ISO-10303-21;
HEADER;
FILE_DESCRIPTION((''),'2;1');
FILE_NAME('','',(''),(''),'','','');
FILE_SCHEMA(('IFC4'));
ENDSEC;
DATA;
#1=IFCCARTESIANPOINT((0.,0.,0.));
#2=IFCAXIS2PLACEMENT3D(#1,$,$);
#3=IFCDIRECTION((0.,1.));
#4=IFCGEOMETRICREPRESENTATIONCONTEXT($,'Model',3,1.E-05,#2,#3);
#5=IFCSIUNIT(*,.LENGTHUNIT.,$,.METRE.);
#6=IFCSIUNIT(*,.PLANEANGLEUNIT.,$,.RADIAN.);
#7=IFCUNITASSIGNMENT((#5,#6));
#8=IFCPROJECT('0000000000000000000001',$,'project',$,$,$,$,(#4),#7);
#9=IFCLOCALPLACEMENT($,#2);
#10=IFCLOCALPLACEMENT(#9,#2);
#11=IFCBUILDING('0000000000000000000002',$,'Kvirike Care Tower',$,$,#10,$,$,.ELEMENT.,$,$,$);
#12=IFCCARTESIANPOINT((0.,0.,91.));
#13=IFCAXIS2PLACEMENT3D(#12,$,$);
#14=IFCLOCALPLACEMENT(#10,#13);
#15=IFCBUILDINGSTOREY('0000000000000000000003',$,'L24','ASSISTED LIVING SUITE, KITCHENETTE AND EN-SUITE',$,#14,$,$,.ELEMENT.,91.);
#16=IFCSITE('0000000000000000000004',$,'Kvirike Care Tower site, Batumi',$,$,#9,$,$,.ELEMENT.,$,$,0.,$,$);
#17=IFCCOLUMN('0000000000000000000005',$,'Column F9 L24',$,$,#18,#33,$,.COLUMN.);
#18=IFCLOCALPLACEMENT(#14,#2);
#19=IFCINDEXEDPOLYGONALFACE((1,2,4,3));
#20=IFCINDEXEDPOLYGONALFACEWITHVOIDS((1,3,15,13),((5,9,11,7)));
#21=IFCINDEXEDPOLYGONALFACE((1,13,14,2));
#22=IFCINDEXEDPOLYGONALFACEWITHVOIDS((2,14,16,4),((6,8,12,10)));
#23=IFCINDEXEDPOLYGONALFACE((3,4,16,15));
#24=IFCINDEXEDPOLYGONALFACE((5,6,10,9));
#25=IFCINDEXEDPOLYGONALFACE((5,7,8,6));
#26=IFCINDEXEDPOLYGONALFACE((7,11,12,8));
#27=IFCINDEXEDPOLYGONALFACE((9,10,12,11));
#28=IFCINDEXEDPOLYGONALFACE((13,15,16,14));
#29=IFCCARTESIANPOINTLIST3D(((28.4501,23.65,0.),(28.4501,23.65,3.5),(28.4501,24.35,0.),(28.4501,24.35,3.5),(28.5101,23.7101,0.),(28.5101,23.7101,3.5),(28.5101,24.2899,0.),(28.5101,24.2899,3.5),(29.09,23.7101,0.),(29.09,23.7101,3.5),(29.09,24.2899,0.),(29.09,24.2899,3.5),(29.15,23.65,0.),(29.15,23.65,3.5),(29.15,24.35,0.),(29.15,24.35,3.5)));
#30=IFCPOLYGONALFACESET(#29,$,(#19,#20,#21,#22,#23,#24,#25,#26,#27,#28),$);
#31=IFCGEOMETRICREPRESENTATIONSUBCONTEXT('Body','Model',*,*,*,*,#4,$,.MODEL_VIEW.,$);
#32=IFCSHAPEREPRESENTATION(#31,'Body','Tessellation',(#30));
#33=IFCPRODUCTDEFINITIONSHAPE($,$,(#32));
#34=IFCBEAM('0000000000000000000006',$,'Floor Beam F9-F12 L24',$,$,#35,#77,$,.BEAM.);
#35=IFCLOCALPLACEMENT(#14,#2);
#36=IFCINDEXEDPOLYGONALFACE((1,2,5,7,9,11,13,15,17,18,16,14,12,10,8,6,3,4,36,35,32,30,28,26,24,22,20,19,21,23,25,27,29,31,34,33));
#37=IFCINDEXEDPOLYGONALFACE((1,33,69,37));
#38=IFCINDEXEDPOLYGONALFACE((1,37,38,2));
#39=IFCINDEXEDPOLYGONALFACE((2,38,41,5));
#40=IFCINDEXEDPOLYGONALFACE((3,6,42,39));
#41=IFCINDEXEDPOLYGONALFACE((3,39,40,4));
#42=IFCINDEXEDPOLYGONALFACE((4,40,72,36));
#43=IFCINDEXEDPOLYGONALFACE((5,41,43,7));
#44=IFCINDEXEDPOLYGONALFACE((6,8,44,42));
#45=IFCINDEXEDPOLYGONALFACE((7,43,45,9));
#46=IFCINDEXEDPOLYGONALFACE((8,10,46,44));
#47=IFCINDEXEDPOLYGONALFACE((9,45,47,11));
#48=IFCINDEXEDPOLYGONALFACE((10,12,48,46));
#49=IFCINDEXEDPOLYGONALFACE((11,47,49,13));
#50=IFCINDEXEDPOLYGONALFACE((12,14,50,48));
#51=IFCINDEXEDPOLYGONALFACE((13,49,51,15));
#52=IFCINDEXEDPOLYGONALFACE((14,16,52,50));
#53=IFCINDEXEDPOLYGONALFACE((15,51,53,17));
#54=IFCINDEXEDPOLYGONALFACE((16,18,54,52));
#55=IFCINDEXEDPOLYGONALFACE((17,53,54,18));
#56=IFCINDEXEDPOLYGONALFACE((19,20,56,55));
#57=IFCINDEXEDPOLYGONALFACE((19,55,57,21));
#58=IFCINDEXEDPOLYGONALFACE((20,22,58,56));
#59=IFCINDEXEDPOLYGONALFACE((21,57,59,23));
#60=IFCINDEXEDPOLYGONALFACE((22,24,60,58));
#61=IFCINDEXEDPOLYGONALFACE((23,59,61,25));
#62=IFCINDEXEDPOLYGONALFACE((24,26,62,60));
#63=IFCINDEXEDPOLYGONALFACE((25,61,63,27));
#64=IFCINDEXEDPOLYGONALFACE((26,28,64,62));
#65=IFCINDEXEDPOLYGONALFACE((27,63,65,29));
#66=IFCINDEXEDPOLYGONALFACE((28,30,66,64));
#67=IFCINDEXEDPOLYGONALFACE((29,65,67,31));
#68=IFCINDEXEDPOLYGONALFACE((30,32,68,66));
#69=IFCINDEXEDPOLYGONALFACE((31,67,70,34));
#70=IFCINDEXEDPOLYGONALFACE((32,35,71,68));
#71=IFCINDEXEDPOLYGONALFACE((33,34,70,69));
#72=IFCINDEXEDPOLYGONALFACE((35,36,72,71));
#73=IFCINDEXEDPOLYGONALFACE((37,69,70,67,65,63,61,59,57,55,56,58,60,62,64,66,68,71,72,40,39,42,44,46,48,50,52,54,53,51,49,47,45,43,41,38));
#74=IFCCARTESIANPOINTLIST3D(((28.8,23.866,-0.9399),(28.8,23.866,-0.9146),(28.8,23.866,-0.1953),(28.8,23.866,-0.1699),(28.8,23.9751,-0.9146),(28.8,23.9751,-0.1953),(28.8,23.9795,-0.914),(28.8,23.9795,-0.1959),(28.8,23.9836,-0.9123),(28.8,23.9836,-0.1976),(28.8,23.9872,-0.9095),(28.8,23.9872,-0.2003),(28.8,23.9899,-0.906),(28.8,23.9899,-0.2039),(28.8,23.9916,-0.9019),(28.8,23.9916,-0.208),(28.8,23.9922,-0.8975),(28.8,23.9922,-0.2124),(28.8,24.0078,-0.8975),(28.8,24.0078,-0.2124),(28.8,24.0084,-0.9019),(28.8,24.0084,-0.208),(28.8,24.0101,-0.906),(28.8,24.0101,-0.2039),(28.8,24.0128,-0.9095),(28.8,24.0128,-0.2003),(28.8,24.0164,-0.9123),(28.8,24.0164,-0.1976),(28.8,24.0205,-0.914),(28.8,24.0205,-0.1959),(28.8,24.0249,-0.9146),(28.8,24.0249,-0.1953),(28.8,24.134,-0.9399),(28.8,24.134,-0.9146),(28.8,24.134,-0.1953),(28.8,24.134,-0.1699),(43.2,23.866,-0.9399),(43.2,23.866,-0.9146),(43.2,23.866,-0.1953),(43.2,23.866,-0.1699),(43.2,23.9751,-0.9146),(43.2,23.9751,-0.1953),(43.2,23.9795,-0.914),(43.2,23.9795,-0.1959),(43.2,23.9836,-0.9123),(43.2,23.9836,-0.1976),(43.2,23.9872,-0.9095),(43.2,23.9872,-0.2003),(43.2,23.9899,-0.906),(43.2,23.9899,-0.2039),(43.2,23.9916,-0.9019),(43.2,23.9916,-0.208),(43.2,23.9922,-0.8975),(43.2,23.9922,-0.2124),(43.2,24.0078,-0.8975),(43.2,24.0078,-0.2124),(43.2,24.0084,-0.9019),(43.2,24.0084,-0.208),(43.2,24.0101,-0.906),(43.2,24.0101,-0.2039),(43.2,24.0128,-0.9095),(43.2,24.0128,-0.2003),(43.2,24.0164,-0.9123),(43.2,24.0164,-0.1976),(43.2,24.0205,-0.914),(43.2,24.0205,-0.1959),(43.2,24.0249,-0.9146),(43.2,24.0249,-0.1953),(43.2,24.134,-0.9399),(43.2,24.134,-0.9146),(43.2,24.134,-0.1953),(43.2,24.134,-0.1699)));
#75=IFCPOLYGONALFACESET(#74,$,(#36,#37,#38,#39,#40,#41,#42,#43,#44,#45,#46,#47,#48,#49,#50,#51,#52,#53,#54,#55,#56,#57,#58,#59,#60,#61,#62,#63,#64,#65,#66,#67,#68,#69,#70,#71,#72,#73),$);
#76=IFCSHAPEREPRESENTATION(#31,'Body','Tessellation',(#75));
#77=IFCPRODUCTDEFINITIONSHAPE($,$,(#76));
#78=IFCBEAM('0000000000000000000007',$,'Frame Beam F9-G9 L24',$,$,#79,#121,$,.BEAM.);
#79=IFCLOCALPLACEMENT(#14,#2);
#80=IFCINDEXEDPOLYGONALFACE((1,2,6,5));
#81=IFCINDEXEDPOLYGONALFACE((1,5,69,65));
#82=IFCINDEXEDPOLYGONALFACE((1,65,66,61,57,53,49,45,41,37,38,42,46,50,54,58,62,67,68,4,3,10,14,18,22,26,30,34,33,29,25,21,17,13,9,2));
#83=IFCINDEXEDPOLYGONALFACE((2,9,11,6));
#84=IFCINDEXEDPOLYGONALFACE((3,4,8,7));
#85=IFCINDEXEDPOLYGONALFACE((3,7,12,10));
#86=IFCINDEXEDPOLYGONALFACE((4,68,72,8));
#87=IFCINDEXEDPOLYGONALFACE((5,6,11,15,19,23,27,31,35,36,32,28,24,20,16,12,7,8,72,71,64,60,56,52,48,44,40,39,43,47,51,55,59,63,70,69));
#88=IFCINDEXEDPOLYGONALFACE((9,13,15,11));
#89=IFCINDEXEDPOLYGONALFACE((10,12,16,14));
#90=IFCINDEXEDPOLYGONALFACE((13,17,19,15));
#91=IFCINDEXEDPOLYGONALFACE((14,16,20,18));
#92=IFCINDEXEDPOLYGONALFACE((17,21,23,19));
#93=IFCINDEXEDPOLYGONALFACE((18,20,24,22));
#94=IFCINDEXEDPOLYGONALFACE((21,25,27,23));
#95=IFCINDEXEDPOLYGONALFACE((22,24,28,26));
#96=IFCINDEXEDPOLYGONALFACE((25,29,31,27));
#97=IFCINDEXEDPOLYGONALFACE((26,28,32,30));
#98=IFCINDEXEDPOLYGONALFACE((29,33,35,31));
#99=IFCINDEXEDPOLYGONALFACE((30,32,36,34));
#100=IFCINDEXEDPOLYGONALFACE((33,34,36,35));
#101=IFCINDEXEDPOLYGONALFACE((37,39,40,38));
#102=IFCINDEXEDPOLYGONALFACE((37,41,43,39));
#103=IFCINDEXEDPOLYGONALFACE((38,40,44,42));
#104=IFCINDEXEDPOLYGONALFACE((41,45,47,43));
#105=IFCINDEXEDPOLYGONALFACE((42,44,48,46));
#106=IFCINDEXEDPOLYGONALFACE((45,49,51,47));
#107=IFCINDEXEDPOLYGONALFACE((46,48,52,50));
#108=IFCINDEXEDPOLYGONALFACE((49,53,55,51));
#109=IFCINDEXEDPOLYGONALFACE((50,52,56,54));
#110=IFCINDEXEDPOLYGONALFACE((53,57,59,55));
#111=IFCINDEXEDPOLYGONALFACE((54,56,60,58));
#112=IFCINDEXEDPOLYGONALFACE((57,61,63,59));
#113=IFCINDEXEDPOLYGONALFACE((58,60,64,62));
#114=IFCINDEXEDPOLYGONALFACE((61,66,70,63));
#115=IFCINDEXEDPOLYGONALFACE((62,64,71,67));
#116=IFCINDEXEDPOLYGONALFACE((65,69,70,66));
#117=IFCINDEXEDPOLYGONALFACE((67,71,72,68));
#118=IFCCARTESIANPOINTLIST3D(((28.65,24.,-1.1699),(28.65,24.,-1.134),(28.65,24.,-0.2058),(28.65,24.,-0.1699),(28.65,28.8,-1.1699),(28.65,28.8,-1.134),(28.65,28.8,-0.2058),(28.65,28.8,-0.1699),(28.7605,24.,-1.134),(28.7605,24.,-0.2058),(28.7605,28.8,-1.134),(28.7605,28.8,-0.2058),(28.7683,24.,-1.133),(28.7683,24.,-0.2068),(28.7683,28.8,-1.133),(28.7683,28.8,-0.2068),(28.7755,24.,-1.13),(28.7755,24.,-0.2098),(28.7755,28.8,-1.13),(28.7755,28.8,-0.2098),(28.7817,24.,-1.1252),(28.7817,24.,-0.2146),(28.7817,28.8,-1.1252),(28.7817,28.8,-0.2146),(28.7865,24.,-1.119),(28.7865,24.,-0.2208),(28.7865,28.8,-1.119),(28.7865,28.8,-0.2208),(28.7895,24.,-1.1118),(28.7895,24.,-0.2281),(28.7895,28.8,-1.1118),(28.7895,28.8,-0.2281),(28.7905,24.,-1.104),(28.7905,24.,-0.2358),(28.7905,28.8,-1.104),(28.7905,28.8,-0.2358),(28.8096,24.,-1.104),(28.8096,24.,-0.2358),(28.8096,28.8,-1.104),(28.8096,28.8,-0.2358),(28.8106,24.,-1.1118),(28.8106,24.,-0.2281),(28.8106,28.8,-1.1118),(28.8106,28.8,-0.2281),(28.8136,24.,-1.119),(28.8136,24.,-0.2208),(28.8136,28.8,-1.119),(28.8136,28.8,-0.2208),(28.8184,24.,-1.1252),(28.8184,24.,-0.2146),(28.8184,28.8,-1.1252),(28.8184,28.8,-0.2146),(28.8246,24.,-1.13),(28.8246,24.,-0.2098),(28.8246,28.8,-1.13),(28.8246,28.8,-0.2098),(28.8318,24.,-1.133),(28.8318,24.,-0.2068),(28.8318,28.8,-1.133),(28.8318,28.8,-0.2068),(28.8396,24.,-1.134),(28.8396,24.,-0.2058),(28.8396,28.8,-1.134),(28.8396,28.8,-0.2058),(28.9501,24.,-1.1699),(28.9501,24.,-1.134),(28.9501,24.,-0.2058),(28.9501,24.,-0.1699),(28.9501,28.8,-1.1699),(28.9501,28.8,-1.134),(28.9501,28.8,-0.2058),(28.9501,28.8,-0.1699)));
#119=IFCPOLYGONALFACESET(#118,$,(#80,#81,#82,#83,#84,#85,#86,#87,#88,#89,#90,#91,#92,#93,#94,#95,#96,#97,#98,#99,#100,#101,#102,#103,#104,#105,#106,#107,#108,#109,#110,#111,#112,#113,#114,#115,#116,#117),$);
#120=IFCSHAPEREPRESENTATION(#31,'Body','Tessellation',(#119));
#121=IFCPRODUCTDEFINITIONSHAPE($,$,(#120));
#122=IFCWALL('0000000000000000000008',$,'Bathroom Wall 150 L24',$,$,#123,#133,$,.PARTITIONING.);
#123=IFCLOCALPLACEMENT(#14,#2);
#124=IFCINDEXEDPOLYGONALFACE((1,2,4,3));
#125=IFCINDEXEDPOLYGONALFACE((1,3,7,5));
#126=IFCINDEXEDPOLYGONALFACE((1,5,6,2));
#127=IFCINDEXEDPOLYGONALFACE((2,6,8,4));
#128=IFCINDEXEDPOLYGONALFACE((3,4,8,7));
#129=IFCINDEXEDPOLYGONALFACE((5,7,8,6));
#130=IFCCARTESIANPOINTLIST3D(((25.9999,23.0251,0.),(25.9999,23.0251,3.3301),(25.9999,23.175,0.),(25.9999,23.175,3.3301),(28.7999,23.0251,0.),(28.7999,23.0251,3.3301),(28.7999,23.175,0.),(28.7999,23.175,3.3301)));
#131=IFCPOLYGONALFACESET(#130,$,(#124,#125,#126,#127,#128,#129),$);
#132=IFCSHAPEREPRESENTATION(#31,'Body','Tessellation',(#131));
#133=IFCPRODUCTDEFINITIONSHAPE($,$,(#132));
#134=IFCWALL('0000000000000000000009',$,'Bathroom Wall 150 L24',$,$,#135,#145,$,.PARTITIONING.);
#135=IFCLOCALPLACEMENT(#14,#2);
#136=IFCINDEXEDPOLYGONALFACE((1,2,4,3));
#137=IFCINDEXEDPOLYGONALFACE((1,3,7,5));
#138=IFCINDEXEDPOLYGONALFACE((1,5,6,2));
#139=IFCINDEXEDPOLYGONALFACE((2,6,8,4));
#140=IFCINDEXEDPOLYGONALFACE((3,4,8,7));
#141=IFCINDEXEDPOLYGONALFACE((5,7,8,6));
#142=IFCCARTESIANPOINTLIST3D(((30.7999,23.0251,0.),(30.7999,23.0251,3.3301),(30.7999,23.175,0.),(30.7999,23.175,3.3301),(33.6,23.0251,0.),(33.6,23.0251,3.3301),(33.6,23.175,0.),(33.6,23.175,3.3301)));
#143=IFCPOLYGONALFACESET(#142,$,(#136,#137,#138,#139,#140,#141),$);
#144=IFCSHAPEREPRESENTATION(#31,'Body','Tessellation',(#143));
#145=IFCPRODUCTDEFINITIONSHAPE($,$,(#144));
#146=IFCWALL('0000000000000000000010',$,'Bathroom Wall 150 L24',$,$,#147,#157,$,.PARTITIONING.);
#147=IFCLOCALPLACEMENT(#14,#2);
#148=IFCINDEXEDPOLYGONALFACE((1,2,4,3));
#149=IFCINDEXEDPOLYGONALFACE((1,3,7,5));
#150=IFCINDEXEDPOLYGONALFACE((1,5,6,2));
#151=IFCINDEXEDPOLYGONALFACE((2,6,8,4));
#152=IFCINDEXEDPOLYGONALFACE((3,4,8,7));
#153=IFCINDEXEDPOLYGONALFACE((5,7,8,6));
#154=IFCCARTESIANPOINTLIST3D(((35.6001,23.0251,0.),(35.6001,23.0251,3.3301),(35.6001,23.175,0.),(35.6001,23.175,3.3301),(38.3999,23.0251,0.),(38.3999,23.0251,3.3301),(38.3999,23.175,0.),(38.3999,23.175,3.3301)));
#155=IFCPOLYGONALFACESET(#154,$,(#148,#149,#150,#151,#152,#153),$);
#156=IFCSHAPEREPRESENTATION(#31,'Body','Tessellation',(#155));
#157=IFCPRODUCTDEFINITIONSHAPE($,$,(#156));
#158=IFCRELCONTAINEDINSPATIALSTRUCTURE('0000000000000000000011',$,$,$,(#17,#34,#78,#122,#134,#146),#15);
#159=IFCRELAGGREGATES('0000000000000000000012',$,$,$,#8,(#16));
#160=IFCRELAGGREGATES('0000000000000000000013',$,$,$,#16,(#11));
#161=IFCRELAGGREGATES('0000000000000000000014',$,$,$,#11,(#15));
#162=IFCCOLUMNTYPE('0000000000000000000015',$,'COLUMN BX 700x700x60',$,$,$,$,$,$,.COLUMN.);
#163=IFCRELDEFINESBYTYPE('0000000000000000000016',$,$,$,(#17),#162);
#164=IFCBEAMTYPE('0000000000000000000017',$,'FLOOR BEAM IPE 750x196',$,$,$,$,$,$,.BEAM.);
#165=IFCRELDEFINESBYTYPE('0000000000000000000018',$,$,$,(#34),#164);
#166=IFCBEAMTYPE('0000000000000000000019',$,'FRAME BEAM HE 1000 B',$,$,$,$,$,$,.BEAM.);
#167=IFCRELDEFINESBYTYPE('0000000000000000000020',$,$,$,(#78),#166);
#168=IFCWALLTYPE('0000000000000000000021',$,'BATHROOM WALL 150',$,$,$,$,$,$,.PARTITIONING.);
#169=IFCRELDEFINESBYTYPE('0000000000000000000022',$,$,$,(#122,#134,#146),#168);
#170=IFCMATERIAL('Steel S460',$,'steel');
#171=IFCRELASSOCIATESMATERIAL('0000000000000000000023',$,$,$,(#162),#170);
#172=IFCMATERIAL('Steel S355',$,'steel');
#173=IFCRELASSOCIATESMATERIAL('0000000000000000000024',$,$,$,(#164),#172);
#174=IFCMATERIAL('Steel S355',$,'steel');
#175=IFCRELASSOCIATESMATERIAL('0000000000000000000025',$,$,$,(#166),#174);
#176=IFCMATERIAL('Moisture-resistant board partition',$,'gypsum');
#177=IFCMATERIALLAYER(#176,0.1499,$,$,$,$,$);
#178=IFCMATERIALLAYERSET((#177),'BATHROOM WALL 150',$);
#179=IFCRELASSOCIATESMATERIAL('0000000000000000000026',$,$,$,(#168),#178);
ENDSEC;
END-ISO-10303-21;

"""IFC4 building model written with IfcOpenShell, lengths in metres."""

from ifc_helpers import new_model, si_unit, direction, frame, frame_2d, origin, origin_2d, place, context, subcontext, project, spatial, rectangle, hollow_rectangle, i_section, extrude, material, layer, layer_set, material_profile, profile_set, type_object, element, save


model = new_model("IFC4")

# Units and contexts
model_context = context("Model", 3, precision=1e-05, world=origin(), true_north=direction((0.0, 1.0)))
body_context = subcontext(model_context, "Body", "Model", "MODEL_VIEW")
ifc_project = project(units=[si_unit("LENGTHUNIT", "METRE"), si_unit("PLANEANGLEUNIT", "RADIAN")], contexts=[model_context])

# Site, building, storey
site_placement = place(None, origin())
site = spatial("IfcSite", under=ifc_project, at=site_placement, Name="Kvirike Care Tower site, Batumi", CompositionType="ELEMENT", RefElevation=0.0)
building_placement = place(site_placement, origin())
building = spatial("IfcBuilding", under=site, at=building_placement, Name="Kvirike Care Tower", CompositionType="ELEMENT")
storey_placement = place(building_placement, frame((0.0, 0.0, 91.0)))
storey = spatial("IfcBuildingStorey", under=building, at=storey_placement, Name="L24", Description="ASSISTED LIVING SUITE, KITCHENETTE AND EN-SUITE", CompositionType="ELEMENT", Elevation=91.0)

# Column
ifc_material_1 = material(Name="Steel S460", Category="steel")
ifc_material_profile_1 = material_profile(ifc_material_1, hollow_rectangle(XDim=0.7, YDim=0.7, WallThickness=0.0601, at=origin_2d()), Name="BX 700x700x60")
ifc_profile_set_1 = profile_set([ifc_material_profile_1], Name="Steel S460")
column_type = type_object("IfcColumnType", Name="COLUMN BX 700x700x60", PredefinedType="COLUMN", material=ifc_profile_set_1)
column_placement = place(storey_placement, frame((28.8, 24.0, 0.0), z_axis=(0.0, 0.0, 1.0), x_axis=(1.0, 0.0, 0.0)))
element("IfcColumn", 1, at=column_placement, inside=storey, type_object=column_type, Name="Column F9 L24", PredefinedType="COLUMN", context=body_context, shape_type="SweptSolid", body=[
    extrude(hollow_rectangle(XDim=0.7, YDim=0.7, WallThickness=0.0601, at=origin_2d()), origin(), (0.0, 0.0, 1.0), 3.5),
])

# Beams
ifc_material_2 = material(Name="Steel S355", Category="steel")
ifc_material_profile_2 = material_profile(ifc_material_2, i_section(OverallWidth=0.2681, OverallDepth=0.77, WebThickness=0.0156, FlangeThickness=0.0254, FilletRadius=0.0171, at=origin_2d()), Name="IPE 750x196")
ifc_profile_set_2 = profile_set([ifc_material_profile_2], Name="Steel S355")
beam_type_1 = type_object("IfcBeamType", Name="FLOOR BEAM IPE 750x196", PredefinedType="BEAM", material=ifc_profile_set_2)
beam_1_placement = place(storey_placement, frame((28.8, 24.0, -0.5549), z_axis=(1.0, 0.0, 0.0), x_axis=(0.0, 1.0, 0.0)))
element("IfcBeam", 2, at=beam_1_placement, inside=storey, type_object=beam_type_1, Name="Floor Beam F9-F12 L24", PredefinedType="BEAM", context=body_context, shape_type="SweptSolid", body=[
    extrude(i_section(OverallWidth=0.2681, OverallDepth=0.77, WebThickness=0.0156, FlangeThickness=0.0254, FilletRadius=0.0171, at=origin_2d()), origin(), (0.0, 0.0, 1.0), 14.3999),
])
ifc_material_3 = material(Name="Steel S355", Category="steel")
ifc_material_profile_3 = material_profile(ifc_material_3, i_section(OverallWidth=0.3, OverallDepth=1.0, WebThickness=0.019, FlangeThickness=0.0359, FilletRadius=0.03, at=origin_2d()), Name="HE 1000 B")
ifc_profile_set_3 = profile_set([ifc_material_profile_3], Name="Steel S355")
beam_type_2 = type_object("IfcBeamType", Name="FRAME BEAM HE 1000 B", PredefinedType="BEAM", material=ifc_profile_set_3)
beam_2_placement = place(storey_placement, frame((28.8, 24.0, -0.6699), z_axis=(0.0, 1.0, 0.0), x_axis=(-1.0, 0.0, 0.0)))
element("IfcBeam", 3, at=beam_2_placement, inside=storey, type_object=beam_type_2, Name="Frame Beam F9-G9 L24", PredefinedType="BEAM", context=body_context, shape_type="SweptSolid", body=[
    extrude(i_section(OverallWidth=0.3, OverallDepth=1.0, WebThickness=0.019, FlangeThickness=0.0359, FilletRadius=0.03, at=origin_2d()), origin(), (0.0, 0.0, 1.0), 4.8),
])

# Walls
ifc_material_4 = material(Name="Moisture-resistant board partition", Category="gypsum")
ifc_layer_1 = layer(ifc_material_4, 0.1499)
ifc_layer_set_1 = layer_set([ifc_layer_1], Name="BATHROOM WALL 150")
wall_type_1 = type_object("IfcWallType", Name="BATHROOM WALL 150", PredefinedType="PARTITIONING", material=ifc_layer_set_1)
for number, where, z_axis, x_axis, name in (
    (4, (26.0, 23.1001, 0.0), (0.0, 0.0, 1.0), (1.0, 0.0, 0.0), "Bathroom Wall 150 L24"),
    (5, (30.8, 23.1001, 0.0), (0.0, 0.0, 1.0), (1.0, 0.0, 0.0), "Bathroom Wall 150 L24"),
):
    element("IfcWall", number, at=place(storey_placement, frame(where, z_axis=z_axis, x_axis=x_axis)), inside=storey, type_object=wall_type_1, Name=name, PredefinedType="PARTITIONING", context=body_context, shape_type="SweptSolid", body=[
        extrude(rectangle(XDim=2.8, YDim=0.1499, at=frame_2d((1.3999, 0.0))), origin(), (0.0, 0.0, 1.0), 3.3301),
    ])
wall_1_placement = place(storey_placement, frame((35.6001, 23.1001, 0.0), z_axis=(0.0, 0.0, 1.0), x_axis=(1.0, 0.0, 0.0)))
element("IfcWall", 6, at=wall_1_placement, inside=storey, type_object=wall_type_1, Name="Bathroom Wall 150 L24", PredefinedType="PARTITIONING", context=body_context, shape_type="SweptSolid", body=[
    extrude(rectangle(XDim=2.7998, YDim=0.1499, at=frame_2d((1.3999, 0.0))), origin(), (0.0, 0.0, 1.0), 3.3301),
])

save(model, "model.ifc")
